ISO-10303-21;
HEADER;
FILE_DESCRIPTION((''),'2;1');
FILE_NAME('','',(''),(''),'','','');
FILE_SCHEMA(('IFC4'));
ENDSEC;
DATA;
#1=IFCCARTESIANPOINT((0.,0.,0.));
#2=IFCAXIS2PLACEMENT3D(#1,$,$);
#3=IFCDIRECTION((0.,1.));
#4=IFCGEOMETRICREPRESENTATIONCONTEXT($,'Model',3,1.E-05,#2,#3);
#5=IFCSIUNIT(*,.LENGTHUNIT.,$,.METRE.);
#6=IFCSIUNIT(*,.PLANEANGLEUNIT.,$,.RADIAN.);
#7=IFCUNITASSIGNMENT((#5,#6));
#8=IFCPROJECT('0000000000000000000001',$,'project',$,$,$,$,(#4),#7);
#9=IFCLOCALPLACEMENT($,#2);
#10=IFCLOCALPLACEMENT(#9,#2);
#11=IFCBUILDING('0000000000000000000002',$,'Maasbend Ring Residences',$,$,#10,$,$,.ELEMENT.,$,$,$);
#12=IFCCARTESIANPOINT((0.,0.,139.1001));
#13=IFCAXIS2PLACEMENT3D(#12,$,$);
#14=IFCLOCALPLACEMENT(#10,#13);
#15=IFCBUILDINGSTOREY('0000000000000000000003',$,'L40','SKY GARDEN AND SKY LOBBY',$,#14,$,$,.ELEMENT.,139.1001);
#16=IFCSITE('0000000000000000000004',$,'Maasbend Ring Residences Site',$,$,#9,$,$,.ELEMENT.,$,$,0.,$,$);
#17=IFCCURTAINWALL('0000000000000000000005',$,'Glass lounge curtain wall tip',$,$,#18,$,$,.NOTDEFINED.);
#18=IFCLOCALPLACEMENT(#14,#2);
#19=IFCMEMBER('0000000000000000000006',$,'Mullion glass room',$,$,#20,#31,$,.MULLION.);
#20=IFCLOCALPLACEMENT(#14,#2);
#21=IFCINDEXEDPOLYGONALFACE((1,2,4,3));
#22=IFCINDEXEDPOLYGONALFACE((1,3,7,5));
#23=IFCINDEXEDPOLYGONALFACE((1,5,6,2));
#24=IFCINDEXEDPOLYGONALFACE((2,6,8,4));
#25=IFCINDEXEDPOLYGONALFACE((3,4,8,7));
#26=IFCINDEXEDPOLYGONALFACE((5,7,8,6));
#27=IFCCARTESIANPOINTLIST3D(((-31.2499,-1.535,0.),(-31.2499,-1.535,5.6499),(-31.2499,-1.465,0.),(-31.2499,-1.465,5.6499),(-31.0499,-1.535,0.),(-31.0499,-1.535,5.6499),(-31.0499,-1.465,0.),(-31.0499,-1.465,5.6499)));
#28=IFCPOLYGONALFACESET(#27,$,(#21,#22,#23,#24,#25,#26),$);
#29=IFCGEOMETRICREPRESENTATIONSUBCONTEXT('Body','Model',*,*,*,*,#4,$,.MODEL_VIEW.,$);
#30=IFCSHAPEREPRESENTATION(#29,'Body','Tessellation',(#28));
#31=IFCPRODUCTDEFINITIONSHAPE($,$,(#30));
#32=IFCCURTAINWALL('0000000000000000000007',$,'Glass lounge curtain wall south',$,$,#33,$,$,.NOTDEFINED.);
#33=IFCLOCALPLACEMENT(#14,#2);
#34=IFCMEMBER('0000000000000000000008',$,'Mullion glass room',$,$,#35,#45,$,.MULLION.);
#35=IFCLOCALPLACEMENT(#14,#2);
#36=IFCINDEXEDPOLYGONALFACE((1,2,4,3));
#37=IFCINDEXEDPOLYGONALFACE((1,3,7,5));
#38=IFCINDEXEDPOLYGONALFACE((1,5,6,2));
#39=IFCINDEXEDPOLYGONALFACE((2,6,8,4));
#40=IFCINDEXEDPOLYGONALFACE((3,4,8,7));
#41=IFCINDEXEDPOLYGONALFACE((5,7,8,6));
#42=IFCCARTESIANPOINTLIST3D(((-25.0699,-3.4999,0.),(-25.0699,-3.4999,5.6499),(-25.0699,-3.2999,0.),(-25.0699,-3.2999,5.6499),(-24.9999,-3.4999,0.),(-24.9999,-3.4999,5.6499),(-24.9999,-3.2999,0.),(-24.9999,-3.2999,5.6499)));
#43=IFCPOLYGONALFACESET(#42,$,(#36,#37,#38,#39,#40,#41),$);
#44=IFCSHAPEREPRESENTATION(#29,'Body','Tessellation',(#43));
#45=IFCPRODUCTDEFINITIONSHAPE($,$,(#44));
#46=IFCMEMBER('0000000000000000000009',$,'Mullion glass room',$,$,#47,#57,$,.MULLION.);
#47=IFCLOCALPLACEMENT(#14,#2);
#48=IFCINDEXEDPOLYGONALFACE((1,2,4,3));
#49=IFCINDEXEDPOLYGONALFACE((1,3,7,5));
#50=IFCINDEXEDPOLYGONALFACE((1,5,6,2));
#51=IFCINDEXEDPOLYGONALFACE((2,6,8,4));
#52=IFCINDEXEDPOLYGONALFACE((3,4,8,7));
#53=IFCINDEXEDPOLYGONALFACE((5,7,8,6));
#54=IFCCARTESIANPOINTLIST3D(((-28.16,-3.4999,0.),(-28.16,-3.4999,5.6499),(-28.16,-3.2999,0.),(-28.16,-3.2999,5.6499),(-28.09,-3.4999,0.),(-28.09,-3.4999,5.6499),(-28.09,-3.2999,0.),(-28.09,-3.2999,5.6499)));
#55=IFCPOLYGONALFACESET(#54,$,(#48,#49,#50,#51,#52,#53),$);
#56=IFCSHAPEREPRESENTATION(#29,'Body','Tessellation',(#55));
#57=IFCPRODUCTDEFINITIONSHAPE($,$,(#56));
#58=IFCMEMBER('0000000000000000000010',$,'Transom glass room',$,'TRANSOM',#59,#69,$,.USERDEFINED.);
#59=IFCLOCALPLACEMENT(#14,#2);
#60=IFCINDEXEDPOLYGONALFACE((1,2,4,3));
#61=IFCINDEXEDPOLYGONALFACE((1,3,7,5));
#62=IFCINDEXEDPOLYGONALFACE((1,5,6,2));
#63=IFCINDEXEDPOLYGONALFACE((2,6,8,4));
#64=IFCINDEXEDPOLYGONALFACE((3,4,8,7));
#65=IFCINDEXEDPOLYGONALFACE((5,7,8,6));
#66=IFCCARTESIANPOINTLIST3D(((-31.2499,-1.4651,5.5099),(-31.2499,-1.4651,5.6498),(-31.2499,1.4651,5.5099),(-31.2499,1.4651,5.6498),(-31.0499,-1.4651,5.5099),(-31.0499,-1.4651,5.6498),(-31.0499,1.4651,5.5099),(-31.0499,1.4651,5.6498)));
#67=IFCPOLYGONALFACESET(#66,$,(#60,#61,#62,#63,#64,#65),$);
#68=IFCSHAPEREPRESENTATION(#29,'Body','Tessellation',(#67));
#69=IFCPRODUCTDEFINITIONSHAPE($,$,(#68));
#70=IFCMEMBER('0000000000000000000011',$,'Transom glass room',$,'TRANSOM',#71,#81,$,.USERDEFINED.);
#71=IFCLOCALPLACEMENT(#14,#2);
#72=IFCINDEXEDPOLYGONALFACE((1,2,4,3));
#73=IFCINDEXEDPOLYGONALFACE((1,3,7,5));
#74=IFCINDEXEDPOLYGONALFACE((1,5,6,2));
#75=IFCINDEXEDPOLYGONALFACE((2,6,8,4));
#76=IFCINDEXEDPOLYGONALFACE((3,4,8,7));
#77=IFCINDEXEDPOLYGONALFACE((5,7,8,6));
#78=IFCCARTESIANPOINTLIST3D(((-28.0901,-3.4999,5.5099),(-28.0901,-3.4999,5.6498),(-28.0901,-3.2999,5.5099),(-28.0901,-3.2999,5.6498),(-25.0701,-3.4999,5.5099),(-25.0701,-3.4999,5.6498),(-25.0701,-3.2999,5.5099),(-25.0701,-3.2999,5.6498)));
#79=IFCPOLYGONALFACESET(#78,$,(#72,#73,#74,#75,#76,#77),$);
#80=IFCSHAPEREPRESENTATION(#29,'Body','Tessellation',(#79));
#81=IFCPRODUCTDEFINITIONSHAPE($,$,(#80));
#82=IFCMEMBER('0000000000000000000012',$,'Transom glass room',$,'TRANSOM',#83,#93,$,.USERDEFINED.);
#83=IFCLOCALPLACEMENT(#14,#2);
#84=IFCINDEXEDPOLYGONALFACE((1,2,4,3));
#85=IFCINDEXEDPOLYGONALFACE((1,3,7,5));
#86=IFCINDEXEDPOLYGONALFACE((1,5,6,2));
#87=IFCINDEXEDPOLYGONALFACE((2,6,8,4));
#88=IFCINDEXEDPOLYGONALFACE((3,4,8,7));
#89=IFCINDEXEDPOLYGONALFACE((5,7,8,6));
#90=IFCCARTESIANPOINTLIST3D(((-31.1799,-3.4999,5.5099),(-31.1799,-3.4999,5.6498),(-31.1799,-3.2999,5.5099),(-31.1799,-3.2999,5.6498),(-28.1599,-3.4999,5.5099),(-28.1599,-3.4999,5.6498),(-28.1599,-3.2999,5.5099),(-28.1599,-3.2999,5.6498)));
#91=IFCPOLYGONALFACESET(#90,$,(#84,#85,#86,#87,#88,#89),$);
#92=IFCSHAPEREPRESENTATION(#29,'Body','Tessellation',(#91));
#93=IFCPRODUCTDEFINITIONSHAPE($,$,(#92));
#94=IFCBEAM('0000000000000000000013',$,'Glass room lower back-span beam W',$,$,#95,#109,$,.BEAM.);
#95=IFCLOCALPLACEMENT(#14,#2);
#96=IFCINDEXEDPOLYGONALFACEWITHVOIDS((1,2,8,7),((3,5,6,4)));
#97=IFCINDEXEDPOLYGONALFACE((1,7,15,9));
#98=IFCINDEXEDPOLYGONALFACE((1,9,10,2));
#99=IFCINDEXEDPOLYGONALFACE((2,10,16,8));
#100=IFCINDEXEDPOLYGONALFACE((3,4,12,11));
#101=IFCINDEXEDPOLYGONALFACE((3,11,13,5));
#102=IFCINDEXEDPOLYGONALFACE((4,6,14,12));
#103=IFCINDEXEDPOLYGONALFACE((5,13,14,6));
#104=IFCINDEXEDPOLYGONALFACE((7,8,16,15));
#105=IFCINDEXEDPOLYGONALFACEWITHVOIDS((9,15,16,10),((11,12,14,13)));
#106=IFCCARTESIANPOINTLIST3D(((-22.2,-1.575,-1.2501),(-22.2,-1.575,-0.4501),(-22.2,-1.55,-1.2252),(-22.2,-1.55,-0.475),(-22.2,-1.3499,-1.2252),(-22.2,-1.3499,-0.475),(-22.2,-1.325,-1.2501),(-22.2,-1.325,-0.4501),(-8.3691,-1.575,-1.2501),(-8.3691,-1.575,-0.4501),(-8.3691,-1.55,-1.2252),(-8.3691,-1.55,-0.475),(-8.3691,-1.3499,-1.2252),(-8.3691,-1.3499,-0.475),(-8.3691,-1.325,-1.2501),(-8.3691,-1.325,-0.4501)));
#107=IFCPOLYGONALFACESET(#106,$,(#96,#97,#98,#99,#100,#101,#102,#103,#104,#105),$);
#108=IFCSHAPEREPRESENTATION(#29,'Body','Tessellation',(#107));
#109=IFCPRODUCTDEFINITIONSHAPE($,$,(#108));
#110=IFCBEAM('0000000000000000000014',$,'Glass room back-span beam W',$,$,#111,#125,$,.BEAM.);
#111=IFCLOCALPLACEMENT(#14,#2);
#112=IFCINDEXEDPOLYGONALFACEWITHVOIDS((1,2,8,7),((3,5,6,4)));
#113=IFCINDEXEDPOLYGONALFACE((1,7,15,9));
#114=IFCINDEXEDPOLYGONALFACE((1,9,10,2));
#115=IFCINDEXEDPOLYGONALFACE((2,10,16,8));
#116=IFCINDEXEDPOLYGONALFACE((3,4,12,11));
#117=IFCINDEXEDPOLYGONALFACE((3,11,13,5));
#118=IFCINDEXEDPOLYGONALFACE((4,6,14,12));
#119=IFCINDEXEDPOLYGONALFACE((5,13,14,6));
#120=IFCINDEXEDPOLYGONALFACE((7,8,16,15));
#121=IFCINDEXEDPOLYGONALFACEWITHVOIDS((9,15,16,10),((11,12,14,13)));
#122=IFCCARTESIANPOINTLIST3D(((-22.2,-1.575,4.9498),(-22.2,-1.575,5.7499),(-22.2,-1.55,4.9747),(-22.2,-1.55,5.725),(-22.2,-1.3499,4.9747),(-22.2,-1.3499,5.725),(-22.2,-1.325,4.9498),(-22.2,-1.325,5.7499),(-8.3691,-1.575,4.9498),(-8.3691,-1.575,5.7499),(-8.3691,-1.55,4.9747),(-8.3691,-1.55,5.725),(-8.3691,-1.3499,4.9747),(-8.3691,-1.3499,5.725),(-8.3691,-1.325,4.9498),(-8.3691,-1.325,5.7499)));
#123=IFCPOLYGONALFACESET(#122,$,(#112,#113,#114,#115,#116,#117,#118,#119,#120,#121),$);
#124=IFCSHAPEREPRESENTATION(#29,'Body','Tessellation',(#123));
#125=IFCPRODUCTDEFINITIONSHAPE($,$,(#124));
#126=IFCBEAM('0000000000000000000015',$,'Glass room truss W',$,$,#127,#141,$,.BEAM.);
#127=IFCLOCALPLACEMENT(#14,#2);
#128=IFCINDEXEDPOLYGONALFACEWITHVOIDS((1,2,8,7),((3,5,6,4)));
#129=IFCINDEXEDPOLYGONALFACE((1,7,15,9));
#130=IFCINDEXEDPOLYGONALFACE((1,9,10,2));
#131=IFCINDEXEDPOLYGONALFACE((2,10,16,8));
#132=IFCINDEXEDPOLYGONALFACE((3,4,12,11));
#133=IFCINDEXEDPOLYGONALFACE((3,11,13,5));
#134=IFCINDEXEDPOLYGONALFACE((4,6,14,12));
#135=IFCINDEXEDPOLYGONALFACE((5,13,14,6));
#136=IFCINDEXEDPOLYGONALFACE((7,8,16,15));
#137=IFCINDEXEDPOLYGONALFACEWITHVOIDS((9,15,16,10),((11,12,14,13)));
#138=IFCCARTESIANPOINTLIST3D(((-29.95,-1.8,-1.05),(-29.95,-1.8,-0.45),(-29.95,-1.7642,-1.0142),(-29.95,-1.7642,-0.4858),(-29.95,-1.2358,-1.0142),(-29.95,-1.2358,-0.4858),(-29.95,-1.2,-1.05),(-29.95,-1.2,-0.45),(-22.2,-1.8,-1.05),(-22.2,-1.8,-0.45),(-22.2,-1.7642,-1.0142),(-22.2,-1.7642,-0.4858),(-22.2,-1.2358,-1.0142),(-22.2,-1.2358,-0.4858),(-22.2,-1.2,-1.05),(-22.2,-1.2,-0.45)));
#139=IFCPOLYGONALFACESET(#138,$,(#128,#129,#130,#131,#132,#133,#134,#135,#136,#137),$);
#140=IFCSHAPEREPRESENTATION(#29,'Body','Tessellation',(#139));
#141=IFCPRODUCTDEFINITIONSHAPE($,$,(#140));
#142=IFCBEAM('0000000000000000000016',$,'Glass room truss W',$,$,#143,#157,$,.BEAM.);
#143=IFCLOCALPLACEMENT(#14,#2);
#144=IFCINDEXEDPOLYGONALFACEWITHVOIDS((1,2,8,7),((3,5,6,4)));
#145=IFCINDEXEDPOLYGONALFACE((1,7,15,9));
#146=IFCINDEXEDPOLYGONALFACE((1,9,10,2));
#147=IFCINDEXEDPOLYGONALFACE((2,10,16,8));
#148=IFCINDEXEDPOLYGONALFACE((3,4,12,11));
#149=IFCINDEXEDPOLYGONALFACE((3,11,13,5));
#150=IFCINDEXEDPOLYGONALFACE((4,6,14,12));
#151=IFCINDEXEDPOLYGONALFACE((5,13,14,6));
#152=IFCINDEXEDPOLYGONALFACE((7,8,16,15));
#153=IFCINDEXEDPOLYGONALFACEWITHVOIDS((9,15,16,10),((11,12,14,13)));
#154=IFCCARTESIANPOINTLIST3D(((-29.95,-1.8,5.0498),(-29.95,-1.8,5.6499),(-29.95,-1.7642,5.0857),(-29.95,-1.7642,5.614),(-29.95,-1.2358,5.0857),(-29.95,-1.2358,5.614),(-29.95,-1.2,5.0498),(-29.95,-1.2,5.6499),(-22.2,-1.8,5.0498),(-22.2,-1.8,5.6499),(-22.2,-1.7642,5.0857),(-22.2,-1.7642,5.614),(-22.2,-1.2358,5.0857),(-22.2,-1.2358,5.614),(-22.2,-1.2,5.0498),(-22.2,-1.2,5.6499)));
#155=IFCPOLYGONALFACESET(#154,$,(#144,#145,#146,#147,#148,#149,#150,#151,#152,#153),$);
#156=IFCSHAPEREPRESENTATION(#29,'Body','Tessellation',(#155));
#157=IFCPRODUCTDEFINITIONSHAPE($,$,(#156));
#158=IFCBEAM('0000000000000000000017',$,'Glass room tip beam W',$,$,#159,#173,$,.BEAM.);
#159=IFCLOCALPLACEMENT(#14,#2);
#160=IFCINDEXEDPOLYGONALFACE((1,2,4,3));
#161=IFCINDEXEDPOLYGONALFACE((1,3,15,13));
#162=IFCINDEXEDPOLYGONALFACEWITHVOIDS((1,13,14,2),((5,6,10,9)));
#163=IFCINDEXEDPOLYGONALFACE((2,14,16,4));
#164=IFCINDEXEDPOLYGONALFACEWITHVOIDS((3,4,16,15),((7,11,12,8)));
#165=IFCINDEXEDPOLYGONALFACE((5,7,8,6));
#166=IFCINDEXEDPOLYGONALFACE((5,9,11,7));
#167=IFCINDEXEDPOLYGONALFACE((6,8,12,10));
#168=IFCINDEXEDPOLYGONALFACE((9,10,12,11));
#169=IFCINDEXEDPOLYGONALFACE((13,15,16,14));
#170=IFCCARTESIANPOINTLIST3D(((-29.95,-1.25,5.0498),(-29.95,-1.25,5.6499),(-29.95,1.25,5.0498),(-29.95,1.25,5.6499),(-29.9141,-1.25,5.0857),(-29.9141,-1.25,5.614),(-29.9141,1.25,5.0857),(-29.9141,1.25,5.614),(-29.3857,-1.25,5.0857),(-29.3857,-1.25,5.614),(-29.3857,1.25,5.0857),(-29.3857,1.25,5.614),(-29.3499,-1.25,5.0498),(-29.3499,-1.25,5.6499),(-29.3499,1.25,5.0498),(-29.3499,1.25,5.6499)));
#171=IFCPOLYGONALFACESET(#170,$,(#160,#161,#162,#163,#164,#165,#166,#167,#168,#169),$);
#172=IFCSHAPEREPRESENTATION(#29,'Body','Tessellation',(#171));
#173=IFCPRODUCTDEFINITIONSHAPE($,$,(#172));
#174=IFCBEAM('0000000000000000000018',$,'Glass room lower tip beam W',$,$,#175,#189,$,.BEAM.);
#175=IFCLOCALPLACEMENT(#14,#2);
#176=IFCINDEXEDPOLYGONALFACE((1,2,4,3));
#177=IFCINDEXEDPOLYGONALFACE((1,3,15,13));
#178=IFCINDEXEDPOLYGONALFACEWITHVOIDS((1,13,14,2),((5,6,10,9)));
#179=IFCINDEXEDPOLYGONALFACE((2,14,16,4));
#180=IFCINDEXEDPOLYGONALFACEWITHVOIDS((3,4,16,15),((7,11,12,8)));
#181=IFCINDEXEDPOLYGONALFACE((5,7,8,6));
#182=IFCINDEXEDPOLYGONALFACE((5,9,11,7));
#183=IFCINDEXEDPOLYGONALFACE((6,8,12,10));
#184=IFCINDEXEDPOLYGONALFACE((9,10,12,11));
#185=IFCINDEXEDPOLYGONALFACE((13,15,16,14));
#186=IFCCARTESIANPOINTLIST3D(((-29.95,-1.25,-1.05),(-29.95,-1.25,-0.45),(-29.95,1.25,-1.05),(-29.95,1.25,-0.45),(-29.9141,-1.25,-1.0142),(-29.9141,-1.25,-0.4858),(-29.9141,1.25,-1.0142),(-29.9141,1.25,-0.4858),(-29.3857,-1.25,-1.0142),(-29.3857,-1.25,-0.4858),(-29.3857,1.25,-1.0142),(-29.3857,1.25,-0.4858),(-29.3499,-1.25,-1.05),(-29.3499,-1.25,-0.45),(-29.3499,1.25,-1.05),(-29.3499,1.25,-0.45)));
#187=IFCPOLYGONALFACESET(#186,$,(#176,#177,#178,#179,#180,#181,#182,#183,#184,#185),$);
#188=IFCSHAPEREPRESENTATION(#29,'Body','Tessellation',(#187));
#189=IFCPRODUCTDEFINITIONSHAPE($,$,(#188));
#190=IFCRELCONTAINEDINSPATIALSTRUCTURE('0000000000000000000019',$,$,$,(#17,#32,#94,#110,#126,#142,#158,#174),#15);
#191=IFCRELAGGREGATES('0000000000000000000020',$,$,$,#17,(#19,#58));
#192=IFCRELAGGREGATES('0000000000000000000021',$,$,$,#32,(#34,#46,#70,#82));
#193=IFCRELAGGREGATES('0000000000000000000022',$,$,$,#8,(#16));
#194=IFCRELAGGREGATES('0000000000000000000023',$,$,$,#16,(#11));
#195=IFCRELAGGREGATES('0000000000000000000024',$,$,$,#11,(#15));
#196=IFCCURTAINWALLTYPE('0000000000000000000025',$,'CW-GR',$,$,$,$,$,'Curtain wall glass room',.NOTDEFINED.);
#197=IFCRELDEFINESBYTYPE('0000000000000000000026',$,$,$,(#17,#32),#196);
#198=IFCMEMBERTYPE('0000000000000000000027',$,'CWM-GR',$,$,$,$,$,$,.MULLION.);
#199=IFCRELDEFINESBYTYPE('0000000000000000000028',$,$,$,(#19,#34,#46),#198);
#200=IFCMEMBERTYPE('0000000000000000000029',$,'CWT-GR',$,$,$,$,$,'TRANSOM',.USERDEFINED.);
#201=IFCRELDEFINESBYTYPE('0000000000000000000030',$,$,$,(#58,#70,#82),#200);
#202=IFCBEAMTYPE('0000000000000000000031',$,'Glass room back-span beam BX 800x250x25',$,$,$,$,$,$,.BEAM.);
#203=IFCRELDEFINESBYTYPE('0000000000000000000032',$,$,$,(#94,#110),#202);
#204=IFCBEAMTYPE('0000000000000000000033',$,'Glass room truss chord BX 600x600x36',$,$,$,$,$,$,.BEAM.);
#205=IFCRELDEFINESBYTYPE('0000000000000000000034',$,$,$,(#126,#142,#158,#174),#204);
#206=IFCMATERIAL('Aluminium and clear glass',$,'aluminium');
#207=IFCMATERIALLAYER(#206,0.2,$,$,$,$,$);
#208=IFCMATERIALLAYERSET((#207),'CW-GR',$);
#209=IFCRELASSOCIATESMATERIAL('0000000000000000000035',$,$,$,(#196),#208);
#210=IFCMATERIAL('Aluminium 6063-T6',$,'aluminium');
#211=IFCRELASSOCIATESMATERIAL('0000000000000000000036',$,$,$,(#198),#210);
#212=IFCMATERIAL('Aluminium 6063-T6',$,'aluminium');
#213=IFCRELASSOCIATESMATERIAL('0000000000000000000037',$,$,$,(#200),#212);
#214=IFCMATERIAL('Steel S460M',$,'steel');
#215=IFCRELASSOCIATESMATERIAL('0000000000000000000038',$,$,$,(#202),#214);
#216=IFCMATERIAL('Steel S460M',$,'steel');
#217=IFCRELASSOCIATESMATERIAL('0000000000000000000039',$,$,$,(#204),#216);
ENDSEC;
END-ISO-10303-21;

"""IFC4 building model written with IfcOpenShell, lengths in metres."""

from ifc_helpers import new_model, si_unit, direction, frame, origin, origin_2d, place, context, subcontext, project, spatial, rectangle, hollow_rectangle, extrude, material, layer, layer_set, material_profile, profile_set, type_object, element, aggregate, save


model = new_model("IFC4")

# Units and contexts
model_context = context("Model", 3, precision=1e-05, world=origin(), true_north=direction((0.0, 1.0)))
body_context = subcontext(model_context, "Body", "Model", "MODEL_VIEW")
ifc_project = project(units=[si_unit("LENGTHUNIT", "METRE"), si_unit("PLANEANGLEUNIT", "RADIAN")], contexts=[model_context])

# Site, building, storey
site_placement = place(None, origin())
site = spatial("IfcSite", under=ifc_project, at=site_placement, Name="Maasbend Ring Residences Site", CompositionType="ELEMENT", RefElevation=0.0)
building_placement = place(site_placement, origin())
building = spatial("IfcBuilding", under=site, at=building_placement, Name="Maasbend Ring Residences", CompositionType="ELEMENT")
storey_placement = place(building_placement, frame((0.0, 0.0, 139.1001)))
storey = spatial("IfcBuildingStorey", under=building, at=storey_placement, Name="L40", Description="SKY GARDEN AND SKY LOBBY", CompositionType="ELEMENT", Elevation=139.1001)

# Curtain wall, member
ifc_material_1 = material(Name="Aluminium and clear glass", Category="aluminium")
ifc_layer_1 = layer(ifc_material_1, 0.2)
ifc_layer_set_1 = layer_set([ifc_layer_1], Name="CW-GR")
curtain_wall_type = type_object("IfcCurtainWallType", Name="CW-GR", ElementType="Curtain wall glass room", PredefinedType="NOTDEFINED", material=ifc_layer_set_1)
curtain_wall_1_placement = place(storey_placement, origin())
curtain_wall_1 = element("IfcCurtainWall", 1, at=curtain_wall_1_placement, inside=storey, type_object=curtain_wall_type, Name="Glass lounge curtain wall tip", PredefinedType="NOTDEFINED")
ifc_material_2 = material(Name="Aluminium 6063-T6", Category="aluminium")
ifc_material_profile_1 = material_profile(ifc_material_2, rectangle(XDim=0.2, YDim=0.0701, at=origin_2d()), Name="AL 200x70")
ifc_profile_set_1 = profile_set([ifc_material_profile_1], Name="Aluminium 6063-T6")
member_type_1 = type_object("IfcMemberType", Name="CWM-GR", PredefinedType="MULLION", material=ifc_profile_set_1)
member_1_placement = place(storey_placement, frame((-31.1499, -1.5, 0.0), z_axis=(0.0, 0.0, 1.0), x_axis=(-1.0, 0.0, 0.0)))
member_1 = element("IfcMember", 2, at=member_1_placement, type_object=member_type_1, Name="Mullion glass room", PredefinedType="MULLION", context=body_context, shape_type="SweptSolid", body=[
    extrude(rectangle(XDim=0.2, YDim=0.0701, at=origin_2d()), origin(), (0.0, 0.0, 1.0), 5.6499),
])

# Curtain wall, members
curtain_wall_2_placement = place(storey_placement, origin())
curtain_wall_2 = element("IfcCurtainWall", 3, at=curtain_wall_2_placement, inside=storey, type_object=curtain_wall_type, Name="Glass lounge curtain wall south", PredefinedType="NOTDEFINED")
member_2_placement = place(storey_placement, frame((-25.0349, -3.3999, 0.0), z_axis=(0.0, 0.0, 1.0), x_axis=(0.0, -1.0, 0.0)))
member_2 = element("IfcMember", 4, at=member_2_placement, type_object=member_type_1, Name="Mullion glass room", PredefinedType="MULLION", context=body_context, shape_type="SweptSolid", body=[
    extrude(rectangle(XDim=0.2, YDim=0.0701, at=origin_2d()), origin(), (0.0, 0.0, 1.0), 5.6499),
])
member_3_placement = place(storey_placement, frame((-28.125, -3.3999, 0.0), z_axis=(0.0, 0.0, 1.0), x_axis=(0.0, -1.0, 0.0)))
member_3 = element("IfcMember", 5, at=member_3_placement, type_object=member_type_1, Name="Mullion glass room", PredefinedType="MULLION", context=body_context, shape_type="SweptSolid", body=[
    extrude(rectangle(XDim=0.2, YDim=0.0701, at=origin_2d()), origin(), (0.0, 0.0, 1.0), 5.6499),
])

# Members
ifc_material_3 = material(Name="Aluminium 6063-T6", Category="aluminium")
ifc_material_profile_2 = material_profile(ifc_material_3, rectangle(XDim=0.2, YDim=0.1399, at=origin_2d()), Name="AL 200x140")
ifc_profile_set_2 = profile_set([ifc_material_profile_2], Name="Aluminium 6063-T6")
member_type_2 = type_object("IfcMemberType", Name="CWT-GR", ElementType="TRANSOM", PredefinedType="USERDEFINED", material=ifc_profile_set_2)
member_4_placement = place(storey_placement, frame((-31.1499, -1.4651, 5.5798), z_axis=(0.0, 1.0, 0.0), x_axis=(-1.0, 0.0, 0.0)))
member_4 = element("IfcMember", 6, at=member_4_placement, type_object=member_type_2, Name="Transom glass room", ObjectType="TRANSOM", PredefinedType="USERDEFINED", context=body_context, shape_type="SweptSolid", body=[
    extrude(rectangle(XDim=0.2, YDim=0.1399, at=origin_2d()), origin(), (0.0, 0.0, 1.0), 2.9302),
])
member_5_placement = place(storey_placement, frame((-25.0701, -3.3999, 5.5798), z_axis=(-1.0, 0.0, 0.0), x_axis=(0.0, -1.0, 0.0)))
member_5 = element("IfcMember", 7, at=member_5_placement, type_object=member_type_2, Name="Transom glass room", ObjectType="TRANSOM", PredefinedType="USERDEFINED", context=body_context, shape_type="SweptSolid", body=[
    extrude(rectangle(XDim=0.2, YDim=0.1399, at=origin_2d()), origin(), (0.0, 0.0, 1.0), 3.02),
])
member_6_placement = place(storey_placement, frame((-28.1599, -3.3999, 5.5798), z_axis=(-1.0, 0.0, 0.0), x_axis=(0.0, -1.0, 0.0)))
member_6 = element("IfcMember", 8, at=member_6_placement, type_object=member_type_2, Name="Transom glass room", ObjectType="TRANSOM", PredefinedType="USERDEFINED", context=body_context, shape_type="SweptSolid", body=[
    extrude(rectangle(XDim=0.2, YDim=0.1399, at=origin_2d()), origin(), (0.0, 0.0, 1.0), 3.02),
])

# Beams
ifc_material_4 = material(Name="Steel S460M", Category="steel")
ifc_material_profile_3 = material_profile(ifc_material_4, hollow_rectangle(XDim=0.25, YDim=0.8, WallThickness=0.0249, at=origin_2d()), Name="Glass room back-span beam BX 800x250x25")
ifc_profile_set_3 = profile_set([ifc_material_profile_3], Name="Steel S460M")
beam_type_1 = type_object("IfcBeamType", Name="Glass room back-span beam BX 800x250x25", PredefinedType="BEAM", material=ifc_profile_set_3)
for number, where, z_axis, x_axis, name in (
    (9, (-22.2, -1.45, -0.8501), (1.0, 0.0, 0.0), (0.0, 1.0, 0.0), "Glass room lower back-span beam W"),
    (10, (-22.2, -1.45, 5.3499), (1.0, 0.0, 0.0), (0.0, 1.0, 0.0), "Glass room back-span beam W"),
):
    element("IfcBeam", number, at=place(storey_placement, frame(where, z_axis=z_axis, x_axis=x_axis)), inside=storey, type_object=beam_type_1, Name=name, PredefinedType="BEAM", context=body_context, shape_type="SweptSolid", body=[
        extrude(hollow_rectangle(XDim=0.25, YDim=0.8, WallThickness=0.0249, at=origin_2d()), origin(), (0.0, 0.0, 1.0), 13.8308),
    ])
ifc_material_5 = material(Name="Steel S460M", Category="steel")
ifc_material_profile_4 = material_profile(ifc_material_5, hollow_rectangle(XDim=0.6001, YDim=0.6001, WallThickness=0.0359, at=origin_2d()), Name="Glass room truss chord BX 600x600x36")
ifc_profile_set_4 = profile_set([ifc_material_profile_4], Name="Steel S460M")
beam_type_2 = type_object("IfcBeamType", Name="Glass room truss chord BX 600x600x36", PredefinedType="BEAM", material=ifc_profile_set_4)
for number, where, z_axis, x_axis, name in (
    (11, (-22.2, -1.5, -0.75), (-1.0, 0.0, 0.0), (0.0, -1.0, 0.0), "Glass room truss W"),
    (12, (-22.2, -1.5, 5.3499), (-1.0, 0.0, 0.0), (0.0, -1.0, 0.0), "Glass room truss W"),
):
    element("IfcBeam", number, at=place(storey_placement, frame(where, z_axis=z_axis, x_axis=x_axis)), inside=storey, type_object=beam_type_2, Name=name, PredefinedType="BEAM", context=body_context, shape_type="SweptSolid", body=[
        extrude(hollow_rectangle(XDim=0.6001, YDim=0.6001, WallThickness=0.0359, at=origin_2d()), origin(), (0.0, 0.0, 1.0), 7.75),
    ])
for number, where, z_axis, x_axis, name in (
    (13, (-29.6499, -1.25, 5.3499), (0.0, 1.0, 0.0), (-1.0, 0.0, 0.0), "Glass room tip beam W"),
    (14, (-29.6499, -1.25, -0.75), (0.0, 1.0, 0.0), (-1.0, 0.0, 0.0), "Glass room lower tip beam W"),
):
    element("IfcBeam", number, at=place(storey_placement, frame(where, z_axis=z_axis, x_axis=x_axis)), inside=storey, type_object=beam_type_2, Name=name, PredefinedType="BEAM", context=body_context, shape_type="SweptSolid", body=[
        extrude(hollow_rectangle(XDim=0.6001, YDim=0.6001, WallThickness=0.0359, at=origin_2d()), origin(), (0.0, 0.0, 1.0), 2.5),
    ])

aggregate(curtain_wall_1, [member_1, member_4])
aggregate(curtain_wall_2, [member_2, member_3, member_5, member_6])

save(model, "model.ifc")
